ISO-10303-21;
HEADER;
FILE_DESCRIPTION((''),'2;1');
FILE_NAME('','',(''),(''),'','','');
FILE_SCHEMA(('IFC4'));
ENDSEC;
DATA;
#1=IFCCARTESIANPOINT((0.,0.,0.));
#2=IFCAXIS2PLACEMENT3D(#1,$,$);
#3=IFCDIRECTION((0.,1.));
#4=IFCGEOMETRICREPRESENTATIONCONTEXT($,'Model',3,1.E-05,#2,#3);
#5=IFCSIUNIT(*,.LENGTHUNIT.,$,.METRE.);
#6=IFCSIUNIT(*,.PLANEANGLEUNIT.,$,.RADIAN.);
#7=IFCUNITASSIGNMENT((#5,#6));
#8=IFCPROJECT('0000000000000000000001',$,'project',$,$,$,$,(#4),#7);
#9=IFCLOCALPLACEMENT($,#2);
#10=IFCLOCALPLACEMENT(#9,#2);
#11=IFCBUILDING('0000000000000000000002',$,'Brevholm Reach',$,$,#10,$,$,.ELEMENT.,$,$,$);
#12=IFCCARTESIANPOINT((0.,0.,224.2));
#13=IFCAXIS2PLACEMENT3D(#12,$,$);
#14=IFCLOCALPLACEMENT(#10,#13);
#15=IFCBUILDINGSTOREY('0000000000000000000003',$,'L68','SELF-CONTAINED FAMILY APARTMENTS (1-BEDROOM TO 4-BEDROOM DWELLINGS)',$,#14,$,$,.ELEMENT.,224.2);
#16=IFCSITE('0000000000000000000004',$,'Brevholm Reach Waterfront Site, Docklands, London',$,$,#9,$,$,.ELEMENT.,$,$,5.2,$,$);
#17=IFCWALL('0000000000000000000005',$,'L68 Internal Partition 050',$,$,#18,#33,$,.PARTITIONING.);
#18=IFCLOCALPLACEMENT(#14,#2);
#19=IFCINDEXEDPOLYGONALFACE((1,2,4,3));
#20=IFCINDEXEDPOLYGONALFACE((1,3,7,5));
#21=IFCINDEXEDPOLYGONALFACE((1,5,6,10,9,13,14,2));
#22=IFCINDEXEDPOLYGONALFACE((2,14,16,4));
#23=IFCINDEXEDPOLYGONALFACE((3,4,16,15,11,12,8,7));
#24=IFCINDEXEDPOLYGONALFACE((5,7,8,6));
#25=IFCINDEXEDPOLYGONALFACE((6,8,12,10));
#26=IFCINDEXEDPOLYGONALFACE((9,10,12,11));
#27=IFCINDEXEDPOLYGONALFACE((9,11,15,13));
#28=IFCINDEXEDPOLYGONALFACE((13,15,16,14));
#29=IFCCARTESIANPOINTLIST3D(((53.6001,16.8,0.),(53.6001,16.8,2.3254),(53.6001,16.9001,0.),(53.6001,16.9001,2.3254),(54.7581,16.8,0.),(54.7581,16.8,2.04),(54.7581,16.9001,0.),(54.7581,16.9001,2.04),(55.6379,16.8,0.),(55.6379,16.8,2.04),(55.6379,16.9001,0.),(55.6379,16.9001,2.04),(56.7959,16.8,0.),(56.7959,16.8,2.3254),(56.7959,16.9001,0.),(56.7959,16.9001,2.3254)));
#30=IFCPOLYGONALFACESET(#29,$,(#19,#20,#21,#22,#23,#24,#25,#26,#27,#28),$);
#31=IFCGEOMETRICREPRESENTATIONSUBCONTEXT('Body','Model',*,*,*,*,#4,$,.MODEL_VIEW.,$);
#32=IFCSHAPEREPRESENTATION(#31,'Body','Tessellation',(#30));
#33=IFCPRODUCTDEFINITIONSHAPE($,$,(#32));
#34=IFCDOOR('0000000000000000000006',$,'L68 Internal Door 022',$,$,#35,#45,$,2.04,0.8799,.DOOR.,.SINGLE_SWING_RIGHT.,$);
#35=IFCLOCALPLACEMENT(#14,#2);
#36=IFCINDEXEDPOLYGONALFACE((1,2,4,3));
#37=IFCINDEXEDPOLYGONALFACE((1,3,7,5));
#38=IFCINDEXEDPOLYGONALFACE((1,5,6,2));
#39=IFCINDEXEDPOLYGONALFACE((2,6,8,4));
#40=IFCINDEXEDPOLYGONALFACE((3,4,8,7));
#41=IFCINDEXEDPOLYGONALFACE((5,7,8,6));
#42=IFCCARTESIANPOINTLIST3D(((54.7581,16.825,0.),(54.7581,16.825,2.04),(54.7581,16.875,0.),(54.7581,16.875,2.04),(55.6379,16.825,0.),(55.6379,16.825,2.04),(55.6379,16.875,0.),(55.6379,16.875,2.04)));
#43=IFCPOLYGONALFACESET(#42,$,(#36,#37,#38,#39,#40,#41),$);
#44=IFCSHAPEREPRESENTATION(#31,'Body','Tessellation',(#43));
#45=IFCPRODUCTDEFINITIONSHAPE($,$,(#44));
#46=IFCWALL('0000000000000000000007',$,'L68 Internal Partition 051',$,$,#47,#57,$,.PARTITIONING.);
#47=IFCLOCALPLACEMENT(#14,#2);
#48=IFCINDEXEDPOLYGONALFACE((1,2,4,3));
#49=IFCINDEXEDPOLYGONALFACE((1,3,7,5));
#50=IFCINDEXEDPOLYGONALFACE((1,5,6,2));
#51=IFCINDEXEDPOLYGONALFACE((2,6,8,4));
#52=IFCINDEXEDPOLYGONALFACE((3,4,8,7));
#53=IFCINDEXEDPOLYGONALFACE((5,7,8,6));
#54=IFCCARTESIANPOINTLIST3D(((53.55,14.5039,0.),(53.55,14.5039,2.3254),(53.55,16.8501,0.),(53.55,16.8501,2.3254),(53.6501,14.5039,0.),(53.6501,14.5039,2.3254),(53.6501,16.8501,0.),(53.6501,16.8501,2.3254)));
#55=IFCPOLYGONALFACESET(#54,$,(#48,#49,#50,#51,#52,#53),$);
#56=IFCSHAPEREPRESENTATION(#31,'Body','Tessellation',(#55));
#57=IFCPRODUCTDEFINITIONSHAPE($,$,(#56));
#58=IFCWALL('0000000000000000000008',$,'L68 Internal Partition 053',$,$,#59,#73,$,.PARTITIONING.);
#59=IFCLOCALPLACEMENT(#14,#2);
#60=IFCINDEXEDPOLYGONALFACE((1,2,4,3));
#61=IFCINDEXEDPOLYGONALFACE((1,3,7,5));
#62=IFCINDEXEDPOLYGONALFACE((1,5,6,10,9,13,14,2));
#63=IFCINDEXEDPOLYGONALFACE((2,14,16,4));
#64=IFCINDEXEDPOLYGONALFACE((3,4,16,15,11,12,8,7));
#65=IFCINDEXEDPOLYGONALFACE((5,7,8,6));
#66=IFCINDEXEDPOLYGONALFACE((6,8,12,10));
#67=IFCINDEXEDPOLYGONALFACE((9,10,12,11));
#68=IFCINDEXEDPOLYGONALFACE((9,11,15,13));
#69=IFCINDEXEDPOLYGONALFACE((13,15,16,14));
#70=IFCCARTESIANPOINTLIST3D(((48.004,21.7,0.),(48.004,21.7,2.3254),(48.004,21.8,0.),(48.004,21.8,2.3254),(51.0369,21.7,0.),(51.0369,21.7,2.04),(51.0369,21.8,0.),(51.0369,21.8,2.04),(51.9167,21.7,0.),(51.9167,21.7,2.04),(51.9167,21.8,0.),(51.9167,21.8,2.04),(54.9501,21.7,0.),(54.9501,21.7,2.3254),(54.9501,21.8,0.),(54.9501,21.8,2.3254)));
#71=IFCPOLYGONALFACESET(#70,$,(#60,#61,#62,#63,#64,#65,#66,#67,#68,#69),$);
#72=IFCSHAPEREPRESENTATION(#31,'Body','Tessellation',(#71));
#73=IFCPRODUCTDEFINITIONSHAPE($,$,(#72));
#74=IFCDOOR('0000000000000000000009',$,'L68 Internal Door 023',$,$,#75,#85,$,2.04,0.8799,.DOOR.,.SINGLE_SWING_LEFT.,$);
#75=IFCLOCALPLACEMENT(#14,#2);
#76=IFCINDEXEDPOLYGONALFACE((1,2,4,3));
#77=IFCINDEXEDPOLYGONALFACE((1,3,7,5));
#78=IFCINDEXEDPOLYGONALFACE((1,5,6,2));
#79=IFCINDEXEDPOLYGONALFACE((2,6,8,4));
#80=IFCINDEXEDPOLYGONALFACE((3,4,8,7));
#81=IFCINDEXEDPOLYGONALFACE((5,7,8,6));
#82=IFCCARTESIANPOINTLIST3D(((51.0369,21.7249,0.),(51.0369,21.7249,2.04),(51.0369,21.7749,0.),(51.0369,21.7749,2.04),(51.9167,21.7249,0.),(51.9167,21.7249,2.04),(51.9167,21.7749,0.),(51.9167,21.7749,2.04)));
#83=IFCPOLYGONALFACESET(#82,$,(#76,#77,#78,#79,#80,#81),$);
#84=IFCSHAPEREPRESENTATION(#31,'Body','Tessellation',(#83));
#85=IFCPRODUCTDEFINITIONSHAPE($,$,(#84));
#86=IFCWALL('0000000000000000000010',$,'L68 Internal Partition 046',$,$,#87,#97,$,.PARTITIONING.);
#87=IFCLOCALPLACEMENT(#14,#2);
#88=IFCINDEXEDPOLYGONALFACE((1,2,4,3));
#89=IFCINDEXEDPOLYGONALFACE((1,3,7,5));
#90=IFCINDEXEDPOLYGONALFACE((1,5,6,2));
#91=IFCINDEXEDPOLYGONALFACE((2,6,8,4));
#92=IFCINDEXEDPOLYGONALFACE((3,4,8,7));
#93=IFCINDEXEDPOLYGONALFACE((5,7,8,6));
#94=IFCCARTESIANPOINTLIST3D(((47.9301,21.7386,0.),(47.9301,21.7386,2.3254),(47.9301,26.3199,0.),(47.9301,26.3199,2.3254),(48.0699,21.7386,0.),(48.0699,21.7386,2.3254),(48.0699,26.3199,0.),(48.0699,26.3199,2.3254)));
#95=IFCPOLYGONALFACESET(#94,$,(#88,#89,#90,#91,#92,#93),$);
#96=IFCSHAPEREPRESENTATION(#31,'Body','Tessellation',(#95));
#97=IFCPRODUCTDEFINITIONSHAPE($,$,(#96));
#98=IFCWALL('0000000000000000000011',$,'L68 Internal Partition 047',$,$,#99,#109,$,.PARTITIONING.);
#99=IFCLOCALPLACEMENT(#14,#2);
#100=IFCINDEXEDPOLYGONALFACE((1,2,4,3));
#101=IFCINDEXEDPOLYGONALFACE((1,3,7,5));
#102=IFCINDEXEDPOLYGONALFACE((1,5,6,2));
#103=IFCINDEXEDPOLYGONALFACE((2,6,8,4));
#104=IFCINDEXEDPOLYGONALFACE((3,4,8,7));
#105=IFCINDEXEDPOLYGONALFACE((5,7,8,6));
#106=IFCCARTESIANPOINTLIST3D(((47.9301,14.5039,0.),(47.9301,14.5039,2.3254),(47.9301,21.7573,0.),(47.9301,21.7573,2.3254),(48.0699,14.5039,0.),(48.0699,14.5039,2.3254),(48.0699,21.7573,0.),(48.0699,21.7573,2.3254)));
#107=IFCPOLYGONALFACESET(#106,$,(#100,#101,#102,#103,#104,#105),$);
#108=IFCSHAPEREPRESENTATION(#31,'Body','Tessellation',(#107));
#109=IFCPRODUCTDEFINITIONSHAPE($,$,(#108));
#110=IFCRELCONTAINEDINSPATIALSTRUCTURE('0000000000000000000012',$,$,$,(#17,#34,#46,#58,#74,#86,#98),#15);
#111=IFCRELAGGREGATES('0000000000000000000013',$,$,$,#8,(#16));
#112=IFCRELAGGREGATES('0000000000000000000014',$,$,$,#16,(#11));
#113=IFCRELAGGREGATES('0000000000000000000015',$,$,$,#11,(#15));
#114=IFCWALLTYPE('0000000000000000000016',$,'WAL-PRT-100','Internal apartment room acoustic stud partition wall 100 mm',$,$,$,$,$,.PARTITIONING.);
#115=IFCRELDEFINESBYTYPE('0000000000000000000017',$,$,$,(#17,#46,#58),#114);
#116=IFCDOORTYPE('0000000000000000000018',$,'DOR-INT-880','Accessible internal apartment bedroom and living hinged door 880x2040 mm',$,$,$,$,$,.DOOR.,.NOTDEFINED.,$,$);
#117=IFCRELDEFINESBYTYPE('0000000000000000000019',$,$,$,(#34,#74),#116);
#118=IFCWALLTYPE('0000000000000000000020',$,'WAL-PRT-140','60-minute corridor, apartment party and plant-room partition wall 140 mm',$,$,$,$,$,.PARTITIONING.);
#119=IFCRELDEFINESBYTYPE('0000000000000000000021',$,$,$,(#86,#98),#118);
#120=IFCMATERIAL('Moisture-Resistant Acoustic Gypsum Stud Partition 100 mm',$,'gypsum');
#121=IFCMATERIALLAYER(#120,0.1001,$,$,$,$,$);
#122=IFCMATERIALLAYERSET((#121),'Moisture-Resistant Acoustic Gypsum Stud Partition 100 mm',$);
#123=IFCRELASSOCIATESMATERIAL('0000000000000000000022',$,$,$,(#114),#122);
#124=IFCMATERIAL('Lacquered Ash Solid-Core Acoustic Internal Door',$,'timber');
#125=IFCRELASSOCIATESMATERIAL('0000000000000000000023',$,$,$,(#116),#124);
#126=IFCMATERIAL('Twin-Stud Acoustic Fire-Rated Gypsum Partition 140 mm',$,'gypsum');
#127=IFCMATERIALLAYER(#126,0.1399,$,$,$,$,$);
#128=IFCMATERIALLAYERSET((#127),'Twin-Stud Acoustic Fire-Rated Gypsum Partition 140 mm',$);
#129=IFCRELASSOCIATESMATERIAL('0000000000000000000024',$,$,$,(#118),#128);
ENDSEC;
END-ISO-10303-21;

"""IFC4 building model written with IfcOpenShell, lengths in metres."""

from ifc_helpers import new_model, si_unit, direction, frame, frame_2d, origin, place, context, subcontext, project, spatial, rectangle, extrude, material, layer, layer_set, type_object, element, fill, save


model = new_model("IFC4")

# Units and contexts
model_context = context("Model", 3, precision=1e-05, world=origin(), true_north=direction((0.0, 1.0)))
body_context = subcontext(model_context, "Body", "Model", "MODEL_VIEW")
ifc_project = project(units=[si_unit("LENGTHUNIT", "METRE"), si_unit("PLANEANGLEUNIT", "RADIAN")], contexts=[model_context])

# Site, building, storey
site_placement = place(None, origin())
site = spatial("IfcSite", under=ifc_project, at=site_placement, Name="Brevholm Reach Waterfront Site, Docklands, London", CompositionType="ELEMENT", RefElevation=5.2)
building_placement = place(site_placement, origin())
building = spatial("IfcBuilding", under=site, at=building_placement, Name="Brevholm Reach", CompositionType="ELEMENT")
storey_placement = place(building_placement, frame((0.0, 0.0, 224.2)))
storey = spatial("IfcBuildingStorey", under=building, at=storey_placement, Name="L68", Description="SELF-CONTAINED FAMILY APARTMENTS (1-BEDROOM TO 4-BEDROOM DWELLINGS)", CompositionType="ELEMENT", Elevation=224.2)

# Shared definitions
ifc_material_1 = material(Name="Moisture-Resistant Acoustic Gypsum Stud Partition 100 mm", Category="gypsum")
ifc_layer_1 = layer(ifc_material_1, 0.1001)
ifc_layer_set_1 = layer_set([ifc_layer_1], Name="Moisture-Resistant Acoustic Gypsum Stud Partition 100 mm")
wall_type_1 = type_object("IfcWallType", Name="WAL-PRT-100", Description="Internal apartment room acoustic stud partition wall 100 mm", PredefinedType="PARTITIONING", material=ifc_layer_set_1)

# Wall, opening, door
wall_1_placement = place(storey_placement, frame((53.6001, 16.8501, 0.0), z_axis=(0.0, 0.0, 1.0), x_axis=(1.0, 0.0, 0.0)))
wall_1 = element("IfcWall", 1, at=wall_1_placement, inside=storey, type_object=wall_type_1, Name="L68 Internal Partition 050", PredefinedType="PARTITIONING", context=body_context, shape_type="SweptSolid", body=[
    extrude(rectangle(XDim=3.1958, YDim=0.1001, at=frame_2d((1.5979, 0.0))), origin(), (0.0, 0.0, 1.0), 2.3254),
])
opening_1_placement = place(wall_1_placement, frame((1.158, 0.0, 0.0)))
opening_1 = element("IfcOpeningElement", 2, at=opening_1_placement, cuts=wall_1, PredefinedType="OPENING", context=body_context, shape_type="SweptSolid", body=[
    extrude(rectangle(XDim=0.8799, YDim=2.04, at=frame_2d((0.4399, 1.02))), frame((0.0, 0.0601, 0.0), z_axis=(0.0, -1.0, 0.0), x_axis=(1.0, 0.0, 0.0)), (0.0, 0.0, 1.0), 0.1201),
])
ifc_material_2 = material(Name="Lacquered Ash Solid-Core Acoustic Internal Door", Category="timber")
door_type = type_object("IfcDoorType", Name="DOR-INT-880", Description="Accessible internal apartment bedroom and living hinged door 880x2040 mm", OperationType="NOTDEFINED", PredefinedType="DOOR", material=ifc_material_2)
door_1_placement = place(opening_1_placement, origin())
door_1 = element("IfcDoor", 3, at=door_1_placement, inside=storey, type_object=door_type, Name="L68 Internal Door 022", OperationType="SINGLE_SWING_RIGHT", OverallHeight=2.04, OverallWidth=0.8799, PredefinedType="DOOR", context=body_context, shape_type="SweptSolid", body=[
    extrude(rectangle(XDim=0.8799, YDim=2.04, at=frame_2d((0.4399, 1.02))), frame((0.0, 0.0249, 0.0), z_axis=(0.0, -1.0, 0.0), x_axis=(1.0, 0.0, 0.0)), (0.0, 0.0, 1.0), 0.05),
])
fill(opening_1, door_1)

# Wall
wall_2_placement = place(storey_placement, frame((53.6001, 14.5039, 0.0), z_axis=(0.0, 0.0, 1.0), x_axis=(0.0, 1.0, 0.0)))
element("IfcWall", 4, at=wall_2_placement, inside=storey, type_object=wall_type_1, Name="L68 Internal Partition 051", PredefinedType="PARTITIONING", context=body_context, shape_type="SweptSolid", body=[
    extrude(rectangle(XDim=2.3462, YDim=0.1001, at=frame_2d((1.1731, 0.0))), origin(), (0.0, 0.0, 1.0), 2.3254),
])

# Wall, opening, door
wall_3_placement = place(storey_placement, frame((48.0039, 21.75, 0.0), z_axis=(0.0, 0.0, 1.0), x_axis=(1.0, 0.0, 0.0)))
wall_3 = element("IfcWall", 5, at=wall_3_placement, inside=storey, type_object=wall_type_1, Name="L68 Internal Partition 053", PredefinedType="PARTITIONING", context=body_context, shape_type="SweptSolid", body=[
    extrude(rectangle(XDim=6.946, YDim=0.1001, at=frame_2d((3.4731, 0.0))), origin(), (0.0, 0.0, 1.0), 2.3254),
])
opening_2_placement = place(wall_3_placement, frame((3.033, 0.0, 0.0)))
opening_2 = element("IfcOpeningElement", 6, at=opening_2_placement, cuts=wall_3, PredefinedType="OPENING", context=body_context, shape_type="SweptSolid", body=[
    extrude(rectangle(XDim=0.8799, YDim=2.04, at=frame_2d((0.4399, 1.02))), frame((0.0, 0.0601, 0.0), z_axis=(0.0, -1.0, 0.0), x_axis=(1.0, 0.0, 0.0)), (0.0, 0.0, 1.0), 0.1201),
])
door_2_placement = place(opening_2_placement, origin())
door_2 = element("IfcDoor", 7, at=door_2_placement, inside=storey, type_object=door_type, Name="L68 Internal Door 023", OperationType="SINGLE_SWING_LEFT", OverallHeight=2.04, OverallWidth=0.8799, PredefinedType="DOOR", context=body_context, shape_type="SweptSolid", body=[
    extrude(rectangle(XDim=0.8799, YDim=2.04, at=frame_2d((0.4399, 1.02))), frame((0.0, 0.0249, 0.0), z_axis=(0.0, -1.0, 0.0), x_axis=(1.0, 0.0, 0.0)), (0.0, 0.0, 1.0), 0.05),
])
fill(opening_2, door_2)

# Walls
ifc_material_3 = material(Name="Twin-Stud Acoustic Fire-Rated Gypsum Partition 140 mm", Category="gypsum")
ifc_layer_2 = layer(ifc_material_3, 0.1399)
ifc_layer_set_2 = layer_set([ifc_layer_2], Name="Twin-Stud Acoustic Fire-Rated Gypsum Partition 140 mm")
wall_type_2 = type_object("IfcWallType", Name="WAL-PRT-140", Description="60-minute corridor, apartment party and plant-room partition wall 140 mm", PredefinedType="PARTITIONING", material=ifc_layer_set_2)
wall_4_placement = place(storey_placement, frame((48.0, 21.7388, 0.0), z_axis=(0.0, 0.0, 1.0), x_axis=(0.0, 1.0, 0.0)))
element("IfcWall", 8, at=wall_4_placement, inside=storey, type_object=wall_type_2, Name="L68 Internal Partition 046", PredefinedType="PARTITIONING", context=body_context, shape_type="SweptSolid", body=[
    extrude(rectangle(XDim=4.5813, YDim=0.1399, at=frame_2d((2.2905, 0.0))), origin(), (0.0, 0.0, 1.0), 2.3254),
])
wall_5_placement = place(storey_placement, frame((48.0, 14.5039, 0.0), z_axis=(0.0, 0.0, 1.0), x_axis=(0.0, 1.0, 0.0)))
element("IfcWall", 9, at=wall_5_placement, inside=storey, type_object=wall_type_2, Name="L68 Internal Partition 047", PredefinedType="PARTITIONING", context=body_context, shape_type="SweptSolid", body=[
    extrude(rectangle(XDim=7.2534, YDim=0.1399, at=frame_2d((3.6267, 0.0))), origin(), (0.0, 0.0, 1.0), 2.3254),
])

save(model, "model.ifc")
